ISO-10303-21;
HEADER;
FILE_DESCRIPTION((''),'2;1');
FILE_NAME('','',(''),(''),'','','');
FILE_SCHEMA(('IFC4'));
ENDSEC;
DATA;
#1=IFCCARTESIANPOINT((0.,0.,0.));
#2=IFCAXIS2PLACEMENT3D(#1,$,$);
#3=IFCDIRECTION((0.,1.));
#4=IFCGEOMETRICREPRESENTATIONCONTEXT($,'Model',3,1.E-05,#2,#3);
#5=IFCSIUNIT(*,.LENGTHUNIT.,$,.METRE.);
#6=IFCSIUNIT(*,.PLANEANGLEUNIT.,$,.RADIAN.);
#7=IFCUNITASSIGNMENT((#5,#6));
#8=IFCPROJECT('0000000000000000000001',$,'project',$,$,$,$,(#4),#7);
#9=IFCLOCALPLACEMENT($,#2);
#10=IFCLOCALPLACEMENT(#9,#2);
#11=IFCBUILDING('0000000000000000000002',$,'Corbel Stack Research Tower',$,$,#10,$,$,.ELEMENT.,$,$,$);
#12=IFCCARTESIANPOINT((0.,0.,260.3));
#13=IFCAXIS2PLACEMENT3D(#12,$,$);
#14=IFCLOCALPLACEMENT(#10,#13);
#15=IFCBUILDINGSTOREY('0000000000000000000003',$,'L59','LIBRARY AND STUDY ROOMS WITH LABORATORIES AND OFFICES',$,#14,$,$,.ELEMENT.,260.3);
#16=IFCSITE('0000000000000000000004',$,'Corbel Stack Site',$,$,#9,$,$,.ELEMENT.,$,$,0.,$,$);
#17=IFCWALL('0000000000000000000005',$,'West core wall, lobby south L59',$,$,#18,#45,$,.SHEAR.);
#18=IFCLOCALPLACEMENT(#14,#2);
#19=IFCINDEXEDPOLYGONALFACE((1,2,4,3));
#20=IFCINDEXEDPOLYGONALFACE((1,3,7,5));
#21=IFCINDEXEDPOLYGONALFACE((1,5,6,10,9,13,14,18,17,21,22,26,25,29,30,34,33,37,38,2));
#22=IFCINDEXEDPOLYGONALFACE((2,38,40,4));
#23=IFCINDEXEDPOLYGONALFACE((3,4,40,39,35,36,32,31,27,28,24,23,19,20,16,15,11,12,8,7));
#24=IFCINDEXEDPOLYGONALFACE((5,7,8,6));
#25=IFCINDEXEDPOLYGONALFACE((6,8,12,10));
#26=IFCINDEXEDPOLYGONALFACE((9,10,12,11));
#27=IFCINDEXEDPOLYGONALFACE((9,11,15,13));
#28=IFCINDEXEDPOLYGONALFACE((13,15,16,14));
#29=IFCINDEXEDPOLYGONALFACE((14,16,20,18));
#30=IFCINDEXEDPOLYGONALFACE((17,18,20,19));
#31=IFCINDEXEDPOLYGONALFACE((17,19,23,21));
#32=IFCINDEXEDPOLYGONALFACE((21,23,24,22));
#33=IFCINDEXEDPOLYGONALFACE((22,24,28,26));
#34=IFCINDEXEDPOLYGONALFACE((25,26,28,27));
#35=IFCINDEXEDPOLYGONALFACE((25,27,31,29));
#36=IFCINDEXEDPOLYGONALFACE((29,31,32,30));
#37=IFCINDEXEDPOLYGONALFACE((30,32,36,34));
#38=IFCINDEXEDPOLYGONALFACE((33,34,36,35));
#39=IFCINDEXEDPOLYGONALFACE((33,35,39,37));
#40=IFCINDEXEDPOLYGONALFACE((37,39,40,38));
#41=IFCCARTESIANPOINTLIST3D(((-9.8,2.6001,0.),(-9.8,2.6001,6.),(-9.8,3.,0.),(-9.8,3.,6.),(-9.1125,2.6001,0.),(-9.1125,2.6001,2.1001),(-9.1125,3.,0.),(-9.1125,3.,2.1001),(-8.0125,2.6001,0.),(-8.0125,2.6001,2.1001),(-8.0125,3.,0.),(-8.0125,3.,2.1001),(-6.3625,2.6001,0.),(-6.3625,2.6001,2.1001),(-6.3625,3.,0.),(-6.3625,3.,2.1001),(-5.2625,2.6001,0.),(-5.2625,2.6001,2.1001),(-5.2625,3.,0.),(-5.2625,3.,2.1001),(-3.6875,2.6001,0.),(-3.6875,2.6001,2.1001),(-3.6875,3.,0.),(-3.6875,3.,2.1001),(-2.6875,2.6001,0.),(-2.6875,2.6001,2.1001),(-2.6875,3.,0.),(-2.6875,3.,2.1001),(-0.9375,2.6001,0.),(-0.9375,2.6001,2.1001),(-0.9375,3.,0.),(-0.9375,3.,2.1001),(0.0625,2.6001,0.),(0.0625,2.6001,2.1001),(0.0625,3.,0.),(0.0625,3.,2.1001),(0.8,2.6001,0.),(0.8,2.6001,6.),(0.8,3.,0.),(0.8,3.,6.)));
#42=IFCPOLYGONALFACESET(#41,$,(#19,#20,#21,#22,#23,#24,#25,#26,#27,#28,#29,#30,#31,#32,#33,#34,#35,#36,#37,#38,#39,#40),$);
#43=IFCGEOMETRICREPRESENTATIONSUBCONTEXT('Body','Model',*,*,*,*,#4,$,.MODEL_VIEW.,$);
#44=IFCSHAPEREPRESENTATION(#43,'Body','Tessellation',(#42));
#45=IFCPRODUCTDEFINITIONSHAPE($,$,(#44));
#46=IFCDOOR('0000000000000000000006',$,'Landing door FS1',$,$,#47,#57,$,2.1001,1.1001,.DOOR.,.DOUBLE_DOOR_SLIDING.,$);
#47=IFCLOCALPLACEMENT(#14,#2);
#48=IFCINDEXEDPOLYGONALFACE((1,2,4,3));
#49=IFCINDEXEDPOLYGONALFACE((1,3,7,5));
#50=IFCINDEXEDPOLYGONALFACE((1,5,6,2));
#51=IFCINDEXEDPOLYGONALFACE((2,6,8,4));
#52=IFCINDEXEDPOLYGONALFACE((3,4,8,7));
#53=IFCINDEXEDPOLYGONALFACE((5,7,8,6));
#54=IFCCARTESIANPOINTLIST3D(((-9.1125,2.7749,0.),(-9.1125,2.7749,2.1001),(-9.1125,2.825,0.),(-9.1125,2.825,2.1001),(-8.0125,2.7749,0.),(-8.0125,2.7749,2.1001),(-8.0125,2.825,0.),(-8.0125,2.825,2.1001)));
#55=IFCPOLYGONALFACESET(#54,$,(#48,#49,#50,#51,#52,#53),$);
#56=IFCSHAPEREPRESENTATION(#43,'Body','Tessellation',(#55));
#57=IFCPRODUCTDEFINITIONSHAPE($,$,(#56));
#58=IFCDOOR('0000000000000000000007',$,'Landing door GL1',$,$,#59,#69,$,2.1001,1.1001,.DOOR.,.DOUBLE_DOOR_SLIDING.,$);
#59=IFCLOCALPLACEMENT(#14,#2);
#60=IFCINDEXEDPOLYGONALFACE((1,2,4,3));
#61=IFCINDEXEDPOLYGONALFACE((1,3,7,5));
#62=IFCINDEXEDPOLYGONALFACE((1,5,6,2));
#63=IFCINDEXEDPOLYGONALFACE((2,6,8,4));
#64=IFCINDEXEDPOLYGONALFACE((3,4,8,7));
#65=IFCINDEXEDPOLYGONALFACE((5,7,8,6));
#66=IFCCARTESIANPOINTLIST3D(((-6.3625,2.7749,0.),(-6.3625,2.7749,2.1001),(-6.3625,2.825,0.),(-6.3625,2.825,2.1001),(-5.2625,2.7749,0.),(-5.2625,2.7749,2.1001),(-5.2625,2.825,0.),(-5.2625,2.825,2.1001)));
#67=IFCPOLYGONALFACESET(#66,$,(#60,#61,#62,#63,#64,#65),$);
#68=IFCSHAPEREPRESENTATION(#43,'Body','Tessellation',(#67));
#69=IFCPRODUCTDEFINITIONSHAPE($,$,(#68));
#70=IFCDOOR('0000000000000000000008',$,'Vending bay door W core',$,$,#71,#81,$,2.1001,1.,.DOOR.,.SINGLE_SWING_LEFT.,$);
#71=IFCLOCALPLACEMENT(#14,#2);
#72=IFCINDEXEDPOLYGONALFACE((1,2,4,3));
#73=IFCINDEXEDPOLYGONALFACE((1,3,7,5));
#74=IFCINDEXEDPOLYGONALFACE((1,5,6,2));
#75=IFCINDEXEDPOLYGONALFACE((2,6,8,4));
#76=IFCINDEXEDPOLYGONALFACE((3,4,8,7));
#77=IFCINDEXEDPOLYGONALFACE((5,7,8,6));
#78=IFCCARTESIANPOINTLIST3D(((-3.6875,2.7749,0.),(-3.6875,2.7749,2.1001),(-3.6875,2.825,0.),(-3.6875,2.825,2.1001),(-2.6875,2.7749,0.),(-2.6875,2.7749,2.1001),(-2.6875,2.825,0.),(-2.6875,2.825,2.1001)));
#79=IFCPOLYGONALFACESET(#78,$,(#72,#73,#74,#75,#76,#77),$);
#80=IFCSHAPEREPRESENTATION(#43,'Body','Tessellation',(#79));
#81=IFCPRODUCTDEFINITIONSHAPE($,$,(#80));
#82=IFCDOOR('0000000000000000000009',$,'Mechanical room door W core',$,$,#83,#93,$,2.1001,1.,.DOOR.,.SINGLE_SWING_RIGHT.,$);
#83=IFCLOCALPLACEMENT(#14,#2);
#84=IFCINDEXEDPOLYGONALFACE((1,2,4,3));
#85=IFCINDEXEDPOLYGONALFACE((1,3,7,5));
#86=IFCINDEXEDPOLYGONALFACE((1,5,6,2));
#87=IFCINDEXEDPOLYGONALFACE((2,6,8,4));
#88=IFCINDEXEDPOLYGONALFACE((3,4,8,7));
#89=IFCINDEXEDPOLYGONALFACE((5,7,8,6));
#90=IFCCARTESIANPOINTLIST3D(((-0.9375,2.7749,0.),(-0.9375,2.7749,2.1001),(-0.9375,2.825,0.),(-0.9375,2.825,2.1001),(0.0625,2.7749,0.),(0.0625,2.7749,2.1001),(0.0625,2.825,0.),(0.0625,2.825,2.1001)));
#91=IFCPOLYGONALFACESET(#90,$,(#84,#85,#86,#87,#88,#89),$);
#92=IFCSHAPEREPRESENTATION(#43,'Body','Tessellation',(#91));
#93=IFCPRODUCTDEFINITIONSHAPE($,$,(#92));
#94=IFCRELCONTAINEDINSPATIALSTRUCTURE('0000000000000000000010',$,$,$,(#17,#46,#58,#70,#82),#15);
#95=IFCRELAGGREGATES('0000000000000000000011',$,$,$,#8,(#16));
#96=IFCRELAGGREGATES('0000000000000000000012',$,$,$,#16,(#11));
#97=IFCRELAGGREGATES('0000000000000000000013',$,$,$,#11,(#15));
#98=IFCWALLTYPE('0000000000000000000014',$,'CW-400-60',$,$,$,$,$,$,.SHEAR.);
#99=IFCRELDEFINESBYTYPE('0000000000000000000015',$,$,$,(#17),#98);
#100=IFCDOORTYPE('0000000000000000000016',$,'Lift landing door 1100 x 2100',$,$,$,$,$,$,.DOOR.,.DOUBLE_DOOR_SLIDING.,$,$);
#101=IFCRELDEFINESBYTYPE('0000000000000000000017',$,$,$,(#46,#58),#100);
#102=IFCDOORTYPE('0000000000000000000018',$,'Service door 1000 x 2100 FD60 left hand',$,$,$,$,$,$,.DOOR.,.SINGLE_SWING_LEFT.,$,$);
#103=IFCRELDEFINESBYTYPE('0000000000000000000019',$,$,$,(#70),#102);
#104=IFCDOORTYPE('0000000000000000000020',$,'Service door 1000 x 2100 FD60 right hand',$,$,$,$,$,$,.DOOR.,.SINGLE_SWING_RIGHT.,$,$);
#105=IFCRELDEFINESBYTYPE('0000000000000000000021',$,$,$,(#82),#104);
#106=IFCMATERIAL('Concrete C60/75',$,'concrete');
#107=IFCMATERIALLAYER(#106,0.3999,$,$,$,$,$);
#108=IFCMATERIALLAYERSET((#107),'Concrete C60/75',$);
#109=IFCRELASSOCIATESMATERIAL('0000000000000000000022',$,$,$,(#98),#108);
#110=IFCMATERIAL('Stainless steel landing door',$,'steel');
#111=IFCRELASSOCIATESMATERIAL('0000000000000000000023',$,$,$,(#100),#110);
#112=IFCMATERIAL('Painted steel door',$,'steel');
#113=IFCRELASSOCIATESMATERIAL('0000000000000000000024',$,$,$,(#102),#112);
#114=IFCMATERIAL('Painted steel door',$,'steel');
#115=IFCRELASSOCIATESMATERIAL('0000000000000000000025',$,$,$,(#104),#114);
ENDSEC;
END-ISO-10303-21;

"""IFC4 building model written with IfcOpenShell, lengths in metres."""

from ifc_helpers import new_model, si_unit, direction, frame, frame_2d, origin, place, context, subcontext, project, spatial, rectangle, extrude, material, layer, layer_set, type_object, element, fill, save


model = new_model("IFC4")

# Units and contexts
model_context = context("Model", 3, precision=1e-05, world=origin(), true_north=direction((0.0, 1.0)))
body_context = subcontext(model_context, "Body", "Model", "MODEL_VIEW")
ifc_project = project(units=[si_unit("LENGTHUNIT", "METRE"), si_unit("PLANEANGLEUNIT", "RADIAN")], contexts=[model_context])

# Site, building, storey
site_placement = place(None, origin())
site = spatial("IfcSite", under=ifc_project, at=site_placement, Name="Corbel Stack Site", CompositionType="ELEMENT", RefElevation=0.0)
building_placement = place(site_placement, origin())
building = spatial("IfcBuilding", under=site, at=building_placement, Name="Corbel Stack Research Tower", CompositionType="ELEMENT")
storey_placement = place(building_placement, frame((0.0, 0.0, 260.3)))
storey = spatial("IfcBuildingStorey", under=building, at=storey_placement, Name="L59", Description="LIBRARY AND STUDY ROOMS WITH LABORATORIES AND OFFICES", CompositionType="ELEMENT", Elevation=260.3)

# Wall, openings, doors
ifc_material_1 = material(Name="Concrete C60/75", Category="concrete")
ifc_layer_1 = layer(ifc_material_1, 0.3999)
ifc_layer_set_1 = layer_set([ifc_layer_1], Name="Concrete C60/75")
wall_type_1 = type_object("IfcWallType", Name="CW-400-60", PredefinedType="SHEAR", material=ifc_layer_set_1)
wall_1_placement = place(storey_placement, frame((-9.8, 2.8, 0.0), z_axis=(0.0, 0.0, 1.0), x_axis=(1.0, 0.0, 0.0)))
wall_1 = element("IfcWall", 1, at=wall_1_placement, inside=storey, type_object=wall_type_1, Name="West core wall, lobby south L59", PredefinedType="SHEAR", context=body_context, shape_type="SweptSolid", body=[
    extrude(rectangle(XDim=10.6001, YDim=0.3999, at=frame_2d((5.3, 0.0))), origin(), (0.0, 0.0, 1.0), 6.0),
])
opening_1_placement = place(wall_1_placement, frame((0.6875, 0.0, 0.0)))
opening_1 = element("IfcOpeningElement", 2, at=opening_1_placement, cuts=wall_1, PredefinedType="OPENING", context=body_context, shape_type="SweptSolid", body=[
    extrude(rectangle(XDim=1.1001, YDim=2.1001, at=frame_2d((0.55, 1.05))), frame((0.0, 0.21, 0.0), z_axis=(0.0, -1.0, 0.0), x_axis=(1.0, 0.0, 0.0)), (0.0, 0.0, 1.0), 0.4199),
])
opening_2_placement = place(wall_1_placement, frame((3.4375, 0.0, 0.0)))
opening_2 = element("IfcOpeningElement", 3, at=opening_2_placement, cuts=wall_1, PredefinedType="OPENING", context=body_context, shape_type="SweptSolid", body=[
    extrude(rectangle(XDim=1.1001, YDim=2.1001, at=frame_2d((0.55, 1.05))), frame((0.0, 0.21, 0.0), z_axis=(0.0, -1.0, 0.0), x_axis=(1.0, 0.0, 0.0)), (0.0, 0.0, 1.0), 0.4199),
])
opening_3_placement = place(wall_1_placement, frame((6.1125, 0.0, 0.0)))
opening_3 = element("IfcOpeningElement", 4, at=opening_3_placement, cuts=wall_1, PredefinedType="OPENING", context=body_context, shape_type="SweptSolid", body=[
    extrude(rectangle(XDim=1.0, YDim=2.1001, at=frame_2d((0.5, 1.05))), frame((0.0, 0.21, 0.0), z_axis=(0.0, -1.0, 0.0), x_axis=(1.0, 0.0, 0.0)), (0.0, 0.0, 1.0), 0.4199),
])
opening_4_placement = place(wall_1_placement, frame((8.8625, 0.0, 0.0)))
opening_4 = element("IfcOpeningElement", 5, at=opening_4_placement, cuts=wall_1, PredefinedType="OPENING", context=body_context, shape_type="SweptSolid", body=[
    extrude(rectangle(XDim=1.0, YDim=2.1001, at=frame_2d((0.5, 1.05))), frame((0.0, 0.21, 0.0), z_axis=(0.0, -1.0, 0.0), x_axis=(1.0, 0.0, 0.0)), (0.0, 0.0, 1.0), 0.4199),
])
ifc_material_2 = material(Name="Stainless steel landing door", Category="steel")
door_type_1 = type_object("IfcDoorType", Name="Lift landing door 1100 x 2100", OperationType="DOUBLE_DOOR_SLIDING", PredefinedType="DOOR", material=ifc_material_2)
door_1_placement = place(opening_1_placement, origin())
door_1 = element("IfcDoor", 6, at=door_1_placement, inside=storey, type_object=door_type_1, Name="Landing door FS1", OperationType="DOUBLE_DOOR_SLIDING", OverallHeight=2.1001, OverallWidth=1.1001, PredefinedType="DOOR", context=body_context, shape_type="SweptSolid", body=[
    extrude(rectangle(XDim=1.1001, YDim=2.1001, at=frame_2d((0.55, 1.05))), frame((0.0, 0.0249, 0.0), z_axis=(0.0, -1.0, 0.0), x_axis=(1.0, 0.0, 0.0)), (0.0, 0.0, 1.0), 0.05),
])
fill(opening_1, door_1)
door_2_placement = place(opening_2_placement, origin())
door_2 = element("IfcDoor", 7, at=door_2_placement, inside=storey, type_object=door_type_1, Name="Landing door GL1", OperationType="DOUBLE_DOOR_SLIDING", OverallHeight=2.1001, OverallWidth=1.1001, PredefinedType="DOOR", context=body_context, shape_type="SweptSolid", body=[
    extrude(rectangle(XDim=1.1001, YDim=2.1001, at=frame_2d((0.55, 1.05))), frame((0.0, 0.0249, 0.0), z_axis=(0.0, -1.0, 0.0), x_axis=(1.0, 0.0, 0.0)), (0.0, 0.0, 1.0), 0.05),
])
fill(opening_2, door_2)
ifc_material_3 = material(Name="Painted steel door", Category="steel")
door_type_2 = type_object("IfcDoorType", Name="Service door 1000 x 2100 FD60 left hand", OperationType="SINGLE_SWING_LEFT", PredefinedType="DOOR", material=ifc_material_3)
door_3_placement = place(opening_3_placement, origin())
door_3 = element("IfcDoor", 8, at=door_3_placement, inside=storey, type_object=door_type_2, Name="Vending bay door W core", OperationType="SINGLE_SWING_LEFT", OverallHeight=2.1001, OverallWidth=1.0, PredefinedType="DOOR", context=body_context, shape_type="SweptSolid", body=[
    extrude(rectangle(XDim=1.0, YDim=2.1001, at=frame_2d((0.5, 1.05))), frame((0.0, 0.0249, 0.0), z_axis=(0.0, -1.0, 0.0), x_axis=(1.0, 0.0, 0.0)), (0.0, 0.0, 1.0), 0.05),
])
fill(opening_3, door_3)
ifc_material_4 = material(Name="Painted steel door", Category="steel")
door_type_3 = type_object("IfcDoorType", Name="Service door 1000 x 2100 FD60 right hand", OperationType="SINGLE_SWING_RIGHT", PredefinedType="DOOR", material=ifc_material_4)
door_4_placement = place(opening_4_placement, origin())
door_4 = element("IfcDoor", 9, at=door_4_placement, inside=storey, type_object=door_type_3, Name="Mechanical room door W core", OperationType="SINGLE_SWING_RIGHT", OverallHeight=2.1001, OverallWidth=1.0, PredefinedType="DOOR", context=body_context, shape_type="SweptSolid", body=[
    extrude(rectangle(XDim=1.0, YDim=2.1001, at=frame_2d((0.5, 1.05))), frame((0.0, 0.0249, 0.0), z_axis=(0.0, -1.0, 0.0), x_axis=(1.0, 0.0, 0.0)), (0.0, 0.0, 1.0), 0.05),
])
fill(opening_4, door_4)

save(model, "model.ifc")
